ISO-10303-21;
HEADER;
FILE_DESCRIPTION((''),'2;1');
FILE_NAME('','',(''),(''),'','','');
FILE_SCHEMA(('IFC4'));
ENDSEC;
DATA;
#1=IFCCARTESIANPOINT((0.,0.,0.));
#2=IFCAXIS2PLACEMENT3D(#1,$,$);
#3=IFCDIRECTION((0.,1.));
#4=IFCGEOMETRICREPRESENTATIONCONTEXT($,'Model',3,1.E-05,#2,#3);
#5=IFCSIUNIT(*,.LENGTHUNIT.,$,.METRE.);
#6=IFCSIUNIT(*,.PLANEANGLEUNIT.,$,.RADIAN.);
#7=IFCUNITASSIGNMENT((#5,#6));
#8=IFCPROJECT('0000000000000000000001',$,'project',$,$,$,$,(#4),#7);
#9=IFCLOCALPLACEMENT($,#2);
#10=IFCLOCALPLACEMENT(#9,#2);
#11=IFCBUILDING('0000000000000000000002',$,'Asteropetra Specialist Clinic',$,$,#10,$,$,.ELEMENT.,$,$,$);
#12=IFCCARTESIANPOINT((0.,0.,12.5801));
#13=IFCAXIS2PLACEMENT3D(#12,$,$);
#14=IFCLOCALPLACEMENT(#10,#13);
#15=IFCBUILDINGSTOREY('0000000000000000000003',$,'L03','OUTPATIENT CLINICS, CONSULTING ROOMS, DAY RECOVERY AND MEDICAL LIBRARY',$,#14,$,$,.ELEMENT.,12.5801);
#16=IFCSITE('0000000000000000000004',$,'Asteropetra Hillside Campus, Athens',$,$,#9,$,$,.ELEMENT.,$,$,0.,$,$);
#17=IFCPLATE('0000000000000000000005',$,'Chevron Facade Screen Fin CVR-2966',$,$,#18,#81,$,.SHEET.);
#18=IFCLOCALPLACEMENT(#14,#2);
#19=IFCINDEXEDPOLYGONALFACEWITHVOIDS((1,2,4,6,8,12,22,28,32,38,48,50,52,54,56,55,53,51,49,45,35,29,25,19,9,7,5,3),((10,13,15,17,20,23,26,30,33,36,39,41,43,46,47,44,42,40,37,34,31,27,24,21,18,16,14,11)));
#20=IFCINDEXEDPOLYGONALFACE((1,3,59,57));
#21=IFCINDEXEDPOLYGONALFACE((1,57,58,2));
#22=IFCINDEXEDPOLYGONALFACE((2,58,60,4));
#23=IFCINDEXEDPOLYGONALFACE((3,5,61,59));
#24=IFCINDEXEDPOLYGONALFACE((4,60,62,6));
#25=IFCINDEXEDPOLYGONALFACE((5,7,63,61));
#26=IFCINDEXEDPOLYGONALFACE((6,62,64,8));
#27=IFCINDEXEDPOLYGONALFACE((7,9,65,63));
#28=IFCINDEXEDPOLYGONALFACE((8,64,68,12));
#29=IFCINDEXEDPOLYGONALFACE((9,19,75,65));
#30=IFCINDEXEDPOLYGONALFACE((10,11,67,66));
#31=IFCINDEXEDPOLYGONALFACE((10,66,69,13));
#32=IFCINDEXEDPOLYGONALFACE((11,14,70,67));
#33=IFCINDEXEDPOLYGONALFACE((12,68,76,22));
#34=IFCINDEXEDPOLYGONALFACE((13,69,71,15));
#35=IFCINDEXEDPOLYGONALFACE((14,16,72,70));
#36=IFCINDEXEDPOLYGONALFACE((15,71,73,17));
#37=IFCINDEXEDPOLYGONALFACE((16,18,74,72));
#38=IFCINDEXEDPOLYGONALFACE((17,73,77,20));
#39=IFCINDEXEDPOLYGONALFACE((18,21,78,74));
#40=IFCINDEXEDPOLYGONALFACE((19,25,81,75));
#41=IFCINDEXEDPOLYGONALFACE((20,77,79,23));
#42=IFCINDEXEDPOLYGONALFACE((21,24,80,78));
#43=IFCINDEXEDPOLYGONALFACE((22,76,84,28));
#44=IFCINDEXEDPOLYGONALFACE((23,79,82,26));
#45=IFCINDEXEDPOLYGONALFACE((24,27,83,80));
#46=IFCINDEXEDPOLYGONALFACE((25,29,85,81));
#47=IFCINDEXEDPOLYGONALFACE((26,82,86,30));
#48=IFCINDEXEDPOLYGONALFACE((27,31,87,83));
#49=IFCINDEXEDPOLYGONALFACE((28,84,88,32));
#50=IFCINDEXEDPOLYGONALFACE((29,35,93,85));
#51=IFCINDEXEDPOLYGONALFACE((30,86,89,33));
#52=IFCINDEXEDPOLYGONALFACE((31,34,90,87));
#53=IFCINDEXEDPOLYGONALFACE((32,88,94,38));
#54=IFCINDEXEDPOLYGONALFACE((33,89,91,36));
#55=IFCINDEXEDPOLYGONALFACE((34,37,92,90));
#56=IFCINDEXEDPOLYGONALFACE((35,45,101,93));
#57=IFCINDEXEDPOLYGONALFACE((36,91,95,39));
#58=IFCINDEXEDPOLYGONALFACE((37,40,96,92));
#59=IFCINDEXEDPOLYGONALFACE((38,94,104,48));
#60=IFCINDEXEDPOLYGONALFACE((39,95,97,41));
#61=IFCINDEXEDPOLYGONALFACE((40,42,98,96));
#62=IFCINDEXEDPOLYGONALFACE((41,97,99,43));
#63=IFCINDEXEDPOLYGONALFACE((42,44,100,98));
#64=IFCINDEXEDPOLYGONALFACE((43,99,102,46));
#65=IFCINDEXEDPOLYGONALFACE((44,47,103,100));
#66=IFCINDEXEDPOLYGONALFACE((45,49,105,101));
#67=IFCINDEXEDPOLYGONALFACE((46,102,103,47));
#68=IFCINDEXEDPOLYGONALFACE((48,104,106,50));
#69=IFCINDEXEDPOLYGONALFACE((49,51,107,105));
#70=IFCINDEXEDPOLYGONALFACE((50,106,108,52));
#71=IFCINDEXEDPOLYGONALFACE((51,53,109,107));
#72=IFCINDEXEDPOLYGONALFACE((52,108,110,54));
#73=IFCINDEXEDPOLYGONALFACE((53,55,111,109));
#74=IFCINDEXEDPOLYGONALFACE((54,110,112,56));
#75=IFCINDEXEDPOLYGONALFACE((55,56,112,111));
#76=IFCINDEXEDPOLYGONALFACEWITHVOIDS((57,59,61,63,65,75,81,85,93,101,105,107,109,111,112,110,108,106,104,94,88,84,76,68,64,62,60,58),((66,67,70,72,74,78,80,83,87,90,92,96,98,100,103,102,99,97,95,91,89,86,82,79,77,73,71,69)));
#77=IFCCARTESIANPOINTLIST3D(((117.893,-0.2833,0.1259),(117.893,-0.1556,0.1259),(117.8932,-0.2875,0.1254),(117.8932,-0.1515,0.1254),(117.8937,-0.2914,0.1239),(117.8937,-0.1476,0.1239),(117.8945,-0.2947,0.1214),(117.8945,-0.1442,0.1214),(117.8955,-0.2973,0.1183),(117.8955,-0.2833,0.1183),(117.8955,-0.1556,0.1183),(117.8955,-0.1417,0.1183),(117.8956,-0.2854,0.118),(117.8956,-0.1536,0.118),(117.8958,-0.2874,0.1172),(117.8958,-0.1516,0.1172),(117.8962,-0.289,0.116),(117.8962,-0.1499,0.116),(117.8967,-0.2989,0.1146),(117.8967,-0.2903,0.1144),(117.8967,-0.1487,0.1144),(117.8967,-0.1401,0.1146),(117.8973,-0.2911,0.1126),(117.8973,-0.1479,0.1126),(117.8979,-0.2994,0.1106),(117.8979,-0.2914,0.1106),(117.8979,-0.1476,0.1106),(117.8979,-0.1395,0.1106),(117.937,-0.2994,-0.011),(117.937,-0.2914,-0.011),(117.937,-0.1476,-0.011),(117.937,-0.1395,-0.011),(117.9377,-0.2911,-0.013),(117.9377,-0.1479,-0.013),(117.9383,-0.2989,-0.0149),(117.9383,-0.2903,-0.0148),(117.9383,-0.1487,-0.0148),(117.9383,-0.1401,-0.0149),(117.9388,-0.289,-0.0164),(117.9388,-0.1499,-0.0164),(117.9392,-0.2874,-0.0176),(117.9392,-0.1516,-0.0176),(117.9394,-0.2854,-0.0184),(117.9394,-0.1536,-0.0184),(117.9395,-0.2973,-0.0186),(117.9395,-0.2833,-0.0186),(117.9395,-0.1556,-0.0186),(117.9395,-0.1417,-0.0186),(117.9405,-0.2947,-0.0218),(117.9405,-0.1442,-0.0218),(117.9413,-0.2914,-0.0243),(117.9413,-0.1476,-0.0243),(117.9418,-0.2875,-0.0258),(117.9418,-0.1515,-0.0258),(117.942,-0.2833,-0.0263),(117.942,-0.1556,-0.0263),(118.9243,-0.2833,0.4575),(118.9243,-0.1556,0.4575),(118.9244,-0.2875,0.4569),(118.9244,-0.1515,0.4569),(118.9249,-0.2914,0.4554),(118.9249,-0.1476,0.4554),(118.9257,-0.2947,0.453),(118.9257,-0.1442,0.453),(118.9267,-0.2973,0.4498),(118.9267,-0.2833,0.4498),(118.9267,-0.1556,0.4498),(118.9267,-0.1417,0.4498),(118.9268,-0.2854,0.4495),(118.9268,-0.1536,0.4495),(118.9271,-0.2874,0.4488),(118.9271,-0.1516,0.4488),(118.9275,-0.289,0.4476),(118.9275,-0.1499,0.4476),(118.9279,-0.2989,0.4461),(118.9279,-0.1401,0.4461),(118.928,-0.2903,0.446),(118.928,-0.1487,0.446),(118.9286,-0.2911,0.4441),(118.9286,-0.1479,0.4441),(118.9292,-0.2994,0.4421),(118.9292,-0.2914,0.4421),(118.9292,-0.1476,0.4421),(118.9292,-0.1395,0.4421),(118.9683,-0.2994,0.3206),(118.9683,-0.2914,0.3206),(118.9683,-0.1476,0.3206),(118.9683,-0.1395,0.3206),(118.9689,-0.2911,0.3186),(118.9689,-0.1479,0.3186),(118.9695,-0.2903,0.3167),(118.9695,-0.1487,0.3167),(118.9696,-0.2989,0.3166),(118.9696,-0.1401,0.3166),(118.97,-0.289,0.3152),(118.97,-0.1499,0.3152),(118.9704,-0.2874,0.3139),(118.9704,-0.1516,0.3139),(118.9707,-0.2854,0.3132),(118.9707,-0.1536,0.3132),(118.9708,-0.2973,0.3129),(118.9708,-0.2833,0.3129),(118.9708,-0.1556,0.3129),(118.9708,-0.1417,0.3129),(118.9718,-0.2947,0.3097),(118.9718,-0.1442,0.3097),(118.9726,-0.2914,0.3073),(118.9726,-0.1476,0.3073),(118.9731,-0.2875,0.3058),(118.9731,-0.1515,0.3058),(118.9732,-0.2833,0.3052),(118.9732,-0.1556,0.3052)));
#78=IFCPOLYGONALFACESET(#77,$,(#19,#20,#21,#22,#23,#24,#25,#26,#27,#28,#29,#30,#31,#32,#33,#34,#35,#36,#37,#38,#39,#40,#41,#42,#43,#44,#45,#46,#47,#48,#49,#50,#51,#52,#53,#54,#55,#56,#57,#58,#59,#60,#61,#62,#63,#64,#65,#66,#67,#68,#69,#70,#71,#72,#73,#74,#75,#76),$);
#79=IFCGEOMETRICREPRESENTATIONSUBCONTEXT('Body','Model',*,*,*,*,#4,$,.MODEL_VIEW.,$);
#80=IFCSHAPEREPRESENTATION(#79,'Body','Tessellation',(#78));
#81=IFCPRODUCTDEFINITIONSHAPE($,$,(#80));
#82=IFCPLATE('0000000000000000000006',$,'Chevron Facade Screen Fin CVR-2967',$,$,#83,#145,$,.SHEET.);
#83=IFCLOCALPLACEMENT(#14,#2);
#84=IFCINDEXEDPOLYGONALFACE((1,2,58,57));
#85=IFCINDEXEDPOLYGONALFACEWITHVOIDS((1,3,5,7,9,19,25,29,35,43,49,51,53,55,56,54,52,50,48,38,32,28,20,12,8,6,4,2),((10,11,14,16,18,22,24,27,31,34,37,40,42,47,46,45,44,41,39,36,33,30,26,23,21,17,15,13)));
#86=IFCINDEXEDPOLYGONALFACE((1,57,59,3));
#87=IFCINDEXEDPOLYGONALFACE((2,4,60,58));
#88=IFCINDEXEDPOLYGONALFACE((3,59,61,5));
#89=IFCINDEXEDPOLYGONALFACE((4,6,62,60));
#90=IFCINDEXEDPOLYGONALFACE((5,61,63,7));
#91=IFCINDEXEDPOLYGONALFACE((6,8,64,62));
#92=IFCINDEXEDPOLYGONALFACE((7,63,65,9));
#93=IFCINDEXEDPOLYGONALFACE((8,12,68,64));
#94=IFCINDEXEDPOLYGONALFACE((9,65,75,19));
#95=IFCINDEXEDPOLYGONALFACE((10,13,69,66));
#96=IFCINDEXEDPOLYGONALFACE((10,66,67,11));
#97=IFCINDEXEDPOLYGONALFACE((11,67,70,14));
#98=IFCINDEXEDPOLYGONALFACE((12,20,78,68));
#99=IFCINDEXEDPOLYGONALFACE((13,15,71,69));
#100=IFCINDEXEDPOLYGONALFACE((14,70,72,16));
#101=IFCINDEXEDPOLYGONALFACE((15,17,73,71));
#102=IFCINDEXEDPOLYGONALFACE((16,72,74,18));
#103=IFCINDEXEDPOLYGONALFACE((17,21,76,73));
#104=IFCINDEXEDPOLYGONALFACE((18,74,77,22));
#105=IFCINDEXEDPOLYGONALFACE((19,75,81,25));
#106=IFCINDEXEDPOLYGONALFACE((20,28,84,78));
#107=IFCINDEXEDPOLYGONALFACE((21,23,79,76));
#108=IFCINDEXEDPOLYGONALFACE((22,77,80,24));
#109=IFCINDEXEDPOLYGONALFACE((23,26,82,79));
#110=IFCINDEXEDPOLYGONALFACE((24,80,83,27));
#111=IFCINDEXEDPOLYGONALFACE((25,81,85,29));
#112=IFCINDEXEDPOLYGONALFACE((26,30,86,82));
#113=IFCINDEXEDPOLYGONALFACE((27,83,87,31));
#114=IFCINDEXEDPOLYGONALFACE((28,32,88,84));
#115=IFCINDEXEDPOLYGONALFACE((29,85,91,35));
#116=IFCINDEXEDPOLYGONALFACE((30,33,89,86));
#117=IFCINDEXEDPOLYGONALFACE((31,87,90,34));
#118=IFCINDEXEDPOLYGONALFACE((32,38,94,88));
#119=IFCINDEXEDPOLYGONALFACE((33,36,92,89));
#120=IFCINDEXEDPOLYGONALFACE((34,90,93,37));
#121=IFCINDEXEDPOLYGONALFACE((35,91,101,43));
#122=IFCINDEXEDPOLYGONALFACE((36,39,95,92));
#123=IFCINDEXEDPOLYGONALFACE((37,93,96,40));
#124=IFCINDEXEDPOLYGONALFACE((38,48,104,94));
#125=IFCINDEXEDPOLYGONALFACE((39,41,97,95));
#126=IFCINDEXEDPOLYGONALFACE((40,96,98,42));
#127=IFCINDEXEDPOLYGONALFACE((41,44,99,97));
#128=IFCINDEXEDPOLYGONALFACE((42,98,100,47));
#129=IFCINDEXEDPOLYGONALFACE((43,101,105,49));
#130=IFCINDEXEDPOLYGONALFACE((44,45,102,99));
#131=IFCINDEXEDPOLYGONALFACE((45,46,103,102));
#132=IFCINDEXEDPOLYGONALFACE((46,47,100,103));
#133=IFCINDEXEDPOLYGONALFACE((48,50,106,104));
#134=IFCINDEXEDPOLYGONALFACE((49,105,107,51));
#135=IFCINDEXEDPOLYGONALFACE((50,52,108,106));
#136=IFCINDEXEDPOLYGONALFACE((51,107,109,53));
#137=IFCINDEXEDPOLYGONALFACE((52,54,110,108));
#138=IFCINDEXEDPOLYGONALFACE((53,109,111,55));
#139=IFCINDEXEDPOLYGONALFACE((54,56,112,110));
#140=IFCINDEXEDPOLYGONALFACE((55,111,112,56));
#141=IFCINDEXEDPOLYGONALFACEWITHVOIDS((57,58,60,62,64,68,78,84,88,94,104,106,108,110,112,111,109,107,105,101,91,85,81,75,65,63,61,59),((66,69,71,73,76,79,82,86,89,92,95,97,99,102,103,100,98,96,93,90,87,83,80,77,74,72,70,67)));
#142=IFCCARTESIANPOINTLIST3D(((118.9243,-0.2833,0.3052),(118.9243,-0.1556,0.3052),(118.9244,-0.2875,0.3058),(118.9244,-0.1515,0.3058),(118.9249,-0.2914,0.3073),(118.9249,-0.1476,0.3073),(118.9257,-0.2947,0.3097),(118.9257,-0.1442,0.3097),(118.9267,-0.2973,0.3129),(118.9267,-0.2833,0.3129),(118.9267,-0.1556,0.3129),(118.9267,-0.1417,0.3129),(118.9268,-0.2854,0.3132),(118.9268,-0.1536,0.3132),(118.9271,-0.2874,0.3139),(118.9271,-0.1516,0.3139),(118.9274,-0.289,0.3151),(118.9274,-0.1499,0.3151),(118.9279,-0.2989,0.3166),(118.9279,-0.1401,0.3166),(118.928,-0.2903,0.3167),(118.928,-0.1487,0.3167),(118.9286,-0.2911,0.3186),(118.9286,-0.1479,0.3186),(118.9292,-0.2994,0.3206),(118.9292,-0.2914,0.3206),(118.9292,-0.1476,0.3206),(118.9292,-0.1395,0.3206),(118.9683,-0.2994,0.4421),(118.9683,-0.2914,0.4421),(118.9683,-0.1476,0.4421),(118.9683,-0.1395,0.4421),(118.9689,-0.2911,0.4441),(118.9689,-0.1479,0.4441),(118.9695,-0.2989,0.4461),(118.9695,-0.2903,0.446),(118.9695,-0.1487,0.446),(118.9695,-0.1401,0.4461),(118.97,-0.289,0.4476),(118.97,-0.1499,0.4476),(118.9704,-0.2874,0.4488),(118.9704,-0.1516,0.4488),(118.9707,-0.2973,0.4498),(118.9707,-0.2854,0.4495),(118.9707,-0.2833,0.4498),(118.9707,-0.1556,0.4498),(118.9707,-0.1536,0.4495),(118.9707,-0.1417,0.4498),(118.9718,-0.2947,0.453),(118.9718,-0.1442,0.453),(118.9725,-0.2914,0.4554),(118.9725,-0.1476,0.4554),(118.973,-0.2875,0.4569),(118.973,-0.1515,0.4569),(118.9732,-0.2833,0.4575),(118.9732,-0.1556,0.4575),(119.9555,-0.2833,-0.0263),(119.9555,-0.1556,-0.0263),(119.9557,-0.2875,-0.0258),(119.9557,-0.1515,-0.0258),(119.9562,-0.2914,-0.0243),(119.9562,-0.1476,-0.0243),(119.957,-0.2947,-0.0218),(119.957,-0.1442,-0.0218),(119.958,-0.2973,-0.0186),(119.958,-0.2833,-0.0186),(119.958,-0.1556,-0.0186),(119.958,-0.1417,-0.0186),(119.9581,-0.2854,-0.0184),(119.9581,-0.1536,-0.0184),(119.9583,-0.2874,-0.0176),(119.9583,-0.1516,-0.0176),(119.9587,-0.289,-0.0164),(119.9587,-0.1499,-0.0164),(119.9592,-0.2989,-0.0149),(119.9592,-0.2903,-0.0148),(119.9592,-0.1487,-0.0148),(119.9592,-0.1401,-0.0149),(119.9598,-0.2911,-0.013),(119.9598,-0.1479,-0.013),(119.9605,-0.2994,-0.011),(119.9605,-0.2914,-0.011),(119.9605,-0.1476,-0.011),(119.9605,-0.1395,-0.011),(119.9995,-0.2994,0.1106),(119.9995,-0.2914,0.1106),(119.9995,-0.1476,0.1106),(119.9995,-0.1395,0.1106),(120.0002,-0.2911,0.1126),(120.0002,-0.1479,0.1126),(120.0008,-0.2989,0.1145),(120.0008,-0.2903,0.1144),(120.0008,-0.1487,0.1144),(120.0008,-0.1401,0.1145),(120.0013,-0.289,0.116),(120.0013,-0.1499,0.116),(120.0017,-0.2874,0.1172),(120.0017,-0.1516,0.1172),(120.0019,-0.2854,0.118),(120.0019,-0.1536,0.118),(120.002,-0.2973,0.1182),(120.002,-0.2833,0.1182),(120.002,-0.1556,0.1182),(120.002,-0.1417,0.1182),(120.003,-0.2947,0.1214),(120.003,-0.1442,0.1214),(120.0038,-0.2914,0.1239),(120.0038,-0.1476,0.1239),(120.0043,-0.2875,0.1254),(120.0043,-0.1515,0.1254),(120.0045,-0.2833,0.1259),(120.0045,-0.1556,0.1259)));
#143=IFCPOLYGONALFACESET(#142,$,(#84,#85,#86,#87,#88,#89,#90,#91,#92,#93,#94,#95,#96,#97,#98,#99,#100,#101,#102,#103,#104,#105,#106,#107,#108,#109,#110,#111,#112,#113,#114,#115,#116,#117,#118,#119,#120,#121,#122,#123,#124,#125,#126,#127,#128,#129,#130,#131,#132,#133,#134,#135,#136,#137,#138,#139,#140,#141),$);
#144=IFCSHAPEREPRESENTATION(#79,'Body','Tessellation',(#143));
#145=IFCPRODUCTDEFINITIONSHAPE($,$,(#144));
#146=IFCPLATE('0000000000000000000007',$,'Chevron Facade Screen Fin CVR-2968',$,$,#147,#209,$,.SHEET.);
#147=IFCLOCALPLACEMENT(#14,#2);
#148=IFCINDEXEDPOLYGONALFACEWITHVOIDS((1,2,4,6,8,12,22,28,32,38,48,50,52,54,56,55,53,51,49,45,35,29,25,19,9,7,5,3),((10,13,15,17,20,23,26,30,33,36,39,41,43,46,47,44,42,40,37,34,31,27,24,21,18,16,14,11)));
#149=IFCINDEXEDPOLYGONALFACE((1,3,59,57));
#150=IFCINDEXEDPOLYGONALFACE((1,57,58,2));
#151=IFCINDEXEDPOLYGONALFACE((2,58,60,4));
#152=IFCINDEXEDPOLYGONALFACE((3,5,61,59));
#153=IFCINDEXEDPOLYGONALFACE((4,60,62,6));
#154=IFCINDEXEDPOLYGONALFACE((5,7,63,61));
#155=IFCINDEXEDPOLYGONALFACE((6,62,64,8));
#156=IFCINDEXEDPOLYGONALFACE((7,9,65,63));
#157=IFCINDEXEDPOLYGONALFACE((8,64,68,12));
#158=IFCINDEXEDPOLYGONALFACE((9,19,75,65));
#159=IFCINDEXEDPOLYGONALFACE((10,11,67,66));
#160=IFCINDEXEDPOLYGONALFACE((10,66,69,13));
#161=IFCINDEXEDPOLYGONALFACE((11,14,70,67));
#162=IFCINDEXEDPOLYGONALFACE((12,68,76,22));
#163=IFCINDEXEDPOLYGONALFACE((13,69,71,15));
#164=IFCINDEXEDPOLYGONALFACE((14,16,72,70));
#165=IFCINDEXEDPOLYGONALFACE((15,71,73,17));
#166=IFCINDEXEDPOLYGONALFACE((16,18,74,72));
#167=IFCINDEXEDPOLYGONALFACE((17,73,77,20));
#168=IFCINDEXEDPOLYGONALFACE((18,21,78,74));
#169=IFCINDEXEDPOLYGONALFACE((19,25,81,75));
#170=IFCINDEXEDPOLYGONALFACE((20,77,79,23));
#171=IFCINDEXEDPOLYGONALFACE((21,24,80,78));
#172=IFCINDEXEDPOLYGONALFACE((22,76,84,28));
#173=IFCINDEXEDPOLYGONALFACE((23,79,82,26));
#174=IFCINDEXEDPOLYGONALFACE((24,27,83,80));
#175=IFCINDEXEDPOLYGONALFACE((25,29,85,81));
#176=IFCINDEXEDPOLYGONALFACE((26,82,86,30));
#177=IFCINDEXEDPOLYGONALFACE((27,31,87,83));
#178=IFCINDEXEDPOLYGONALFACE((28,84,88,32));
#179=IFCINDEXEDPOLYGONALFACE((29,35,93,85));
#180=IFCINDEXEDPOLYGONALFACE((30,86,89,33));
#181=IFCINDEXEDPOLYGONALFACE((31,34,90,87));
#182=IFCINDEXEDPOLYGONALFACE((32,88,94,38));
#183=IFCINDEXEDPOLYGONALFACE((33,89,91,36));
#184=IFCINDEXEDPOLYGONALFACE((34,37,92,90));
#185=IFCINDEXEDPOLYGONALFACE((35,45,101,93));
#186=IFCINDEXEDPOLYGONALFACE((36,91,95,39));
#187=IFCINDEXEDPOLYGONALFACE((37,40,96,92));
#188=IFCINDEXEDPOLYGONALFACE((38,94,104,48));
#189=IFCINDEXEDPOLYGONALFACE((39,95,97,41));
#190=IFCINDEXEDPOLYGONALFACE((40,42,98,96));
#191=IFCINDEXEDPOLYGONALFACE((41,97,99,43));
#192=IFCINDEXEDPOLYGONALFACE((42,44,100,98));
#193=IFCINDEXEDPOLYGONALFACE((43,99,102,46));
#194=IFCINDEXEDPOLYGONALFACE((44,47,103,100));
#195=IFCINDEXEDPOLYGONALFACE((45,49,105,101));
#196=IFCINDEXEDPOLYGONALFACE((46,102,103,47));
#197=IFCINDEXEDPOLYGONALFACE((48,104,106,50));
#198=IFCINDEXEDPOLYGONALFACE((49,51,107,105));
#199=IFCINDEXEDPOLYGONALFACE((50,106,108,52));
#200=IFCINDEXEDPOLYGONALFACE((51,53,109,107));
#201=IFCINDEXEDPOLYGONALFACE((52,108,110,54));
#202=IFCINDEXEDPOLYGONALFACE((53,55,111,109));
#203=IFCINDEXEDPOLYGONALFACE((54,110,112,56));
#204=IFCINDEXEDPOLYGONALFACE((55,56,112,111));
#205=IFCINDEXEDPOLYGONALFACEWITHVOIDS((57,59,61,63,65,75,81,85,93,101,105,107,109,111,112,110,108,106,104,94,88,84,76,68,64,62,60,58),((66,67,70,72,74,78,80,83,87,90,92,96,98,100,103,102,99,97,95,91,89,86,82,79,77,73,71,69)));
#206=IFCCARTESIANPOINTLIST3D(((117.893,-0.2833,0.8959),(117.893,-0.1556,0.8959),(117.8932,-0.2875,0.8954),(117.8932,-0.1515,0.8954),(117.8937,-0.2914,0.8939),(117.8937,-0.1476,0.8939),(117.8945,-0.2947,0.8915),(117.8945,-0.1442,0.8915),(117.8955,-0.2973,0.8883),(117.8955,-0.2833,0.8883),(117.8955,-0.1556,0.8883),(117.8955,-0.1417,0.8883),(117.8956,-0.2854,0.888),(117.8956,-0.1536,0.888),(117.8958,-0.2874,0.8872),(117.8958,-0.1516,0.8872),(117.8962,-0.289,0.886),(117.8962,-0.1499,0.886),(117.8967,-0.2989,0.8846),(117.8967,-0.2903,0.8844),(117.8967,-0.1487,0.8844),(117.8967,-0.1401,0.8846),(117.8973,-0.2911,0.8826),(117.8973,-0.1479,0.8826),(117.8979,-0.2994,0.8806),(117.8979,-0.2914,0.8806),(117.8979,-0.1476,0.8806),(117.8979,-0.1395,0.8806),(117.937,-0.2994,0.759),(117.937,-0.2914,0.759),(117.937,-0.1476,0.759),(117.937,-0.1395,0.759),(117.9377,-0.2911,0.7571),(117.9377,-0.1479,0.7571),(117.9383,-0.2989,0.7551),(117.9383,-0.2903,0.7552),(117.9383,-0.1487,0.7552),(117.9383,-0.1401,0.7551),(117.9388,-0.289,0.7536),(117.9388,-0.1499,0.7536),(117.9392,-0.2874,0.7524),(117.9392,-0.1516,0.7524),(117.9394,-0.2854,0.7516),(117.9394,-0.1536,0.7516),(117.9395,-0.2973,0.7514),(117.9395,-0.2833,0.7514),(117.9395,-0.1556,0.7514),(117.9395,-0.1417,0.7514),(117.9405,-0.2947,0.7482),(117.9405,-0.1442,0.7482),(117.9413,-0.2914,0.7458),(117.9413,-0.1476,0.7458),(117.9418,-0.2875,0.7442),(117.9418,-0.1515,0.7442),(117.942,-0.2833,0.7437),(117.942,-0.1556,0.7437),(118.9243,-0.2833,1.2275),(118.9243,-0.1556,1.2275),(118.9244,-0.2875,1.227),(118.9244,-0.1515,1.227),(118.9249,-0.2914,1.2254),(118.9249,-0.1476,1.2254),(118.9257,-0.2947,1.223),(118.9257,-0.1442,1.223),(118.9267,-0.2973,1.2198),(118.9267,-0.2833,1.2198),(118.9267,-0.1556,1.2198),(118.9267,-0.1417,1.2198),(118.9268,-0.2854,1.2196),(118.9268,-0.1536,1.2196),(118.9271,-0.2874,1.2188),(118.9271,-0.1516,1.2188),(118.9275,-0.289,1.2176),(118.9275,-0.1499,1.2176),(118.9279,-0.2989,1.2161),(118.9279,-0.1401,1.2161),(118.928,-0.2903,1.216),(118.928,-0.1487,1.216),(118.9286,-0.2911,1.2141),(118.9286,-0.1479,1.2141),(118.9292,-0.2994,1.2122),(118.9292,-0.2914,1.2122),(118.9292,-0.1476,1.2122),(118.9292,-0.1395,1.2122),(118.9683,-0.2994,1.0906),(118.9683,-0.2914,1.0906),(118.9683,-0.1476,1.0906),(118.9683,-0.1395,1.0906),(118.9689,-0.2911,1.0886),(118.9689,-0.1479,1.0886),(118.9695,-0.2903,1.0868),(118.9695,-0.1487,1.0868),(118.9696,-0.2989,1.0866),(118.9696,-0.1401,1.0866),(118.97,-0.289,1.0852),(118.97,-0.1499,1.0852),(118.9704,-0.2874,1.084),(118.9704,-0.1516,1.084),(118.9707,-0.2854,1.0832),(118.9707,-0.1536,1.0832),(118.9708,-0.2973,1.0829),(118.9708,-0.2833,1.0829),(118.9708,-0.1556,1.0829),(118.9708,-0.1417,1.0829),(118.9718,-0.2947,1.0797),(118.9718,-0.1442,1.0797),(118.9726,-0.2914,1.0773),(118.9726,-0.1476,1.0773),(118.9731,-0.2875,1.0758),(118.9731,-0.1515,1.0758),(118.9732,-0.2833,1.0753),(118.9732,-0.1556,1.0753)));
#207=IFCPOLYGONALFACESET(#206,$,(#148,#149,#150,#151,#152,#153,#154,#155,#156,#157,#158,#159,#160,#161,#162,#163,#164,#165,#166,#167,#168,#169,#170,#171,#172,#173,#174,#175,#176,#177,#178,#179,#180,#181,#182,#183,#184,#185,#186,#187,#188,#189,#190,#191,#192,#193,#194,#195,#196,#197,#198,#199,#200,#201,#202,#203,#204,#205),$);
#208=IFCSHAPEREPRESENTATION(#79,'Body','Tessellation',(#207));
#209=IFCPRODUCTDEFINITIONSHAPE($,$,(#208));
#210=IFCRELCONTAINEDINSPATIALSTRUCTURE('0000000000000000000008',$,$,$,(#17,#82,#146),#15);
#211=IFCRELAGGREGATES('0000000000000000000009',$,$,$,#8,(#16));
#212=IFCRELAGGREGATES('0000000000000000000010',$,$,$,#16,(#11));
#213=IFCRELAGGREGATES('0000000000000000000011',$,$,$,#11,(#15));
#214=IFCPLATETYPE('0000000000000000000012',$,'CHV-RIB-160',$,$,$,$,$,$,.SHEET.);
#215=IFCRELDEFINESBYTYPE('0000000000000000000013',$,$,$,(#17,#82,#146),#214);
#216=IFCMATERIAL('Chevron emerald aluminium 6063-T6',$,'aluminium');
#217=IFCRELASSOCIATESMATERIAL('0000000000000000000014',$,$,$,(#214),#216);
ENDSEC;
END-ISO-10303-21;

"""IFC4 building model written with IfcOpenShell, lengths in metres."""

from ifc_helpers import new_model, si_unit, direction, frame, origin, origin_2d, place, context, subcontext, project, spatial, hollow_rectangle, extrude, material, material_profile, profile_set, type_object, element, save


model = new_model("IFC4")

# Units and contexts
model_context = context("Model", 3, precision=1e-05, world=origin(), true_north=direction((0.0, 1.0)))
body_context = subcontext(model_context, "Body", "Model", "MODEL_VIEW")
ifc_project = project(units=[si_unit("LENGTHUNIT", "METRE"), si_unit("PLANEANGLEUNIT", "RADIAN")], contexts=[model_context])

# Site, building, storey
site_placement = place(None, origin())
site = spatial("IfcSite", under=ifc_project, at=site_placement, Name="Asteropetra Hillside Campus, Athens", CompositionType="ELEMENT", RefElevation=0.0)
building_placement = place(site_placement, origin())
building = spatial("IfcBuilding", under=site, at=building_placement, Name="Asteropetra Specialist Clinic", CompositionType="ELEMENT")
storey_placement = place(building_placement, frame((0.0, 0.0, 12.5801)))
storey = spatial("IfcBuildingStorey", under=building, at=storey_placement, Name="L03", Description="OUTPATIENT CLINICS, CONSULTING ROOMS, DAY RECOVERY AND MEDICAL LIBRARY", CompositionType="ELEMENT", Elevation=12.5801)

# Plates
ifc_material_1 = material(Name="Chevron emerald aluminium 6063-T6", Category="aluminium")
ifc_material_profile_1 = material_profile(ifc_material_1, hollow_rectangle(XDim=0.1599, YDim=0.1599, WallThickness=0.0081, InnerFilletRadius=0.0081, OuterFilletRadius=0.0161, at=origin_2d()), Name="SHS 160x160x8.0")
ifc_profile_set_1 = profile_set([ifc_material_profile_1], Name="Chevron emerald aluminium 6063-T6")
plate_type_1 = type_object("IfcPlateType", Name="CHV-RIB-160", PredefinedType="SHEET", material=ifc_profile_set_1)
for number, where, z_axis, x_axis, name in (
    (1, (117.9175, -0.2195, 0.0498), (0.95201, 0.0, 0.306068), (0.0, 1.0, 0.0), "Chevron Facade Screen Fin CVR-2966"),
    (2, (118.9487, -0.2195, 0.3813), (0.95201, 0.0, -0.306068), (0.0, 1.0, 0.0), "Chevron Facade Screen Fin CVR-2967"),
    (3, (117.9175, -0.2195, 0.8198), (0.95201, 0.0, 0.306068), (0.0, 1.0, 0.0), "Chevron Facade Screen Fin CVR-2968"),
):
    element("IfcPlate", number, at=place(storey_placement, frame(where, z_axis=z_axis, x_axis=x_axis)), inside=storey, type_object=plate_type_1, Name=name, PredefinedType="SHEET", context=body_context, shape_type="SweptSolid", body=[
        extrude(hollow_rectangle(XDim=0.1599, YDim=0.1599, WallThickness=0.0081, InnerFilletRadius=0.0081, OuterFilletRadius=0.0161, at=origin_2d()), origin(), (0.0, 0.0, 1.0), 1.0833),
    ])

save(model, "model.ifc")
